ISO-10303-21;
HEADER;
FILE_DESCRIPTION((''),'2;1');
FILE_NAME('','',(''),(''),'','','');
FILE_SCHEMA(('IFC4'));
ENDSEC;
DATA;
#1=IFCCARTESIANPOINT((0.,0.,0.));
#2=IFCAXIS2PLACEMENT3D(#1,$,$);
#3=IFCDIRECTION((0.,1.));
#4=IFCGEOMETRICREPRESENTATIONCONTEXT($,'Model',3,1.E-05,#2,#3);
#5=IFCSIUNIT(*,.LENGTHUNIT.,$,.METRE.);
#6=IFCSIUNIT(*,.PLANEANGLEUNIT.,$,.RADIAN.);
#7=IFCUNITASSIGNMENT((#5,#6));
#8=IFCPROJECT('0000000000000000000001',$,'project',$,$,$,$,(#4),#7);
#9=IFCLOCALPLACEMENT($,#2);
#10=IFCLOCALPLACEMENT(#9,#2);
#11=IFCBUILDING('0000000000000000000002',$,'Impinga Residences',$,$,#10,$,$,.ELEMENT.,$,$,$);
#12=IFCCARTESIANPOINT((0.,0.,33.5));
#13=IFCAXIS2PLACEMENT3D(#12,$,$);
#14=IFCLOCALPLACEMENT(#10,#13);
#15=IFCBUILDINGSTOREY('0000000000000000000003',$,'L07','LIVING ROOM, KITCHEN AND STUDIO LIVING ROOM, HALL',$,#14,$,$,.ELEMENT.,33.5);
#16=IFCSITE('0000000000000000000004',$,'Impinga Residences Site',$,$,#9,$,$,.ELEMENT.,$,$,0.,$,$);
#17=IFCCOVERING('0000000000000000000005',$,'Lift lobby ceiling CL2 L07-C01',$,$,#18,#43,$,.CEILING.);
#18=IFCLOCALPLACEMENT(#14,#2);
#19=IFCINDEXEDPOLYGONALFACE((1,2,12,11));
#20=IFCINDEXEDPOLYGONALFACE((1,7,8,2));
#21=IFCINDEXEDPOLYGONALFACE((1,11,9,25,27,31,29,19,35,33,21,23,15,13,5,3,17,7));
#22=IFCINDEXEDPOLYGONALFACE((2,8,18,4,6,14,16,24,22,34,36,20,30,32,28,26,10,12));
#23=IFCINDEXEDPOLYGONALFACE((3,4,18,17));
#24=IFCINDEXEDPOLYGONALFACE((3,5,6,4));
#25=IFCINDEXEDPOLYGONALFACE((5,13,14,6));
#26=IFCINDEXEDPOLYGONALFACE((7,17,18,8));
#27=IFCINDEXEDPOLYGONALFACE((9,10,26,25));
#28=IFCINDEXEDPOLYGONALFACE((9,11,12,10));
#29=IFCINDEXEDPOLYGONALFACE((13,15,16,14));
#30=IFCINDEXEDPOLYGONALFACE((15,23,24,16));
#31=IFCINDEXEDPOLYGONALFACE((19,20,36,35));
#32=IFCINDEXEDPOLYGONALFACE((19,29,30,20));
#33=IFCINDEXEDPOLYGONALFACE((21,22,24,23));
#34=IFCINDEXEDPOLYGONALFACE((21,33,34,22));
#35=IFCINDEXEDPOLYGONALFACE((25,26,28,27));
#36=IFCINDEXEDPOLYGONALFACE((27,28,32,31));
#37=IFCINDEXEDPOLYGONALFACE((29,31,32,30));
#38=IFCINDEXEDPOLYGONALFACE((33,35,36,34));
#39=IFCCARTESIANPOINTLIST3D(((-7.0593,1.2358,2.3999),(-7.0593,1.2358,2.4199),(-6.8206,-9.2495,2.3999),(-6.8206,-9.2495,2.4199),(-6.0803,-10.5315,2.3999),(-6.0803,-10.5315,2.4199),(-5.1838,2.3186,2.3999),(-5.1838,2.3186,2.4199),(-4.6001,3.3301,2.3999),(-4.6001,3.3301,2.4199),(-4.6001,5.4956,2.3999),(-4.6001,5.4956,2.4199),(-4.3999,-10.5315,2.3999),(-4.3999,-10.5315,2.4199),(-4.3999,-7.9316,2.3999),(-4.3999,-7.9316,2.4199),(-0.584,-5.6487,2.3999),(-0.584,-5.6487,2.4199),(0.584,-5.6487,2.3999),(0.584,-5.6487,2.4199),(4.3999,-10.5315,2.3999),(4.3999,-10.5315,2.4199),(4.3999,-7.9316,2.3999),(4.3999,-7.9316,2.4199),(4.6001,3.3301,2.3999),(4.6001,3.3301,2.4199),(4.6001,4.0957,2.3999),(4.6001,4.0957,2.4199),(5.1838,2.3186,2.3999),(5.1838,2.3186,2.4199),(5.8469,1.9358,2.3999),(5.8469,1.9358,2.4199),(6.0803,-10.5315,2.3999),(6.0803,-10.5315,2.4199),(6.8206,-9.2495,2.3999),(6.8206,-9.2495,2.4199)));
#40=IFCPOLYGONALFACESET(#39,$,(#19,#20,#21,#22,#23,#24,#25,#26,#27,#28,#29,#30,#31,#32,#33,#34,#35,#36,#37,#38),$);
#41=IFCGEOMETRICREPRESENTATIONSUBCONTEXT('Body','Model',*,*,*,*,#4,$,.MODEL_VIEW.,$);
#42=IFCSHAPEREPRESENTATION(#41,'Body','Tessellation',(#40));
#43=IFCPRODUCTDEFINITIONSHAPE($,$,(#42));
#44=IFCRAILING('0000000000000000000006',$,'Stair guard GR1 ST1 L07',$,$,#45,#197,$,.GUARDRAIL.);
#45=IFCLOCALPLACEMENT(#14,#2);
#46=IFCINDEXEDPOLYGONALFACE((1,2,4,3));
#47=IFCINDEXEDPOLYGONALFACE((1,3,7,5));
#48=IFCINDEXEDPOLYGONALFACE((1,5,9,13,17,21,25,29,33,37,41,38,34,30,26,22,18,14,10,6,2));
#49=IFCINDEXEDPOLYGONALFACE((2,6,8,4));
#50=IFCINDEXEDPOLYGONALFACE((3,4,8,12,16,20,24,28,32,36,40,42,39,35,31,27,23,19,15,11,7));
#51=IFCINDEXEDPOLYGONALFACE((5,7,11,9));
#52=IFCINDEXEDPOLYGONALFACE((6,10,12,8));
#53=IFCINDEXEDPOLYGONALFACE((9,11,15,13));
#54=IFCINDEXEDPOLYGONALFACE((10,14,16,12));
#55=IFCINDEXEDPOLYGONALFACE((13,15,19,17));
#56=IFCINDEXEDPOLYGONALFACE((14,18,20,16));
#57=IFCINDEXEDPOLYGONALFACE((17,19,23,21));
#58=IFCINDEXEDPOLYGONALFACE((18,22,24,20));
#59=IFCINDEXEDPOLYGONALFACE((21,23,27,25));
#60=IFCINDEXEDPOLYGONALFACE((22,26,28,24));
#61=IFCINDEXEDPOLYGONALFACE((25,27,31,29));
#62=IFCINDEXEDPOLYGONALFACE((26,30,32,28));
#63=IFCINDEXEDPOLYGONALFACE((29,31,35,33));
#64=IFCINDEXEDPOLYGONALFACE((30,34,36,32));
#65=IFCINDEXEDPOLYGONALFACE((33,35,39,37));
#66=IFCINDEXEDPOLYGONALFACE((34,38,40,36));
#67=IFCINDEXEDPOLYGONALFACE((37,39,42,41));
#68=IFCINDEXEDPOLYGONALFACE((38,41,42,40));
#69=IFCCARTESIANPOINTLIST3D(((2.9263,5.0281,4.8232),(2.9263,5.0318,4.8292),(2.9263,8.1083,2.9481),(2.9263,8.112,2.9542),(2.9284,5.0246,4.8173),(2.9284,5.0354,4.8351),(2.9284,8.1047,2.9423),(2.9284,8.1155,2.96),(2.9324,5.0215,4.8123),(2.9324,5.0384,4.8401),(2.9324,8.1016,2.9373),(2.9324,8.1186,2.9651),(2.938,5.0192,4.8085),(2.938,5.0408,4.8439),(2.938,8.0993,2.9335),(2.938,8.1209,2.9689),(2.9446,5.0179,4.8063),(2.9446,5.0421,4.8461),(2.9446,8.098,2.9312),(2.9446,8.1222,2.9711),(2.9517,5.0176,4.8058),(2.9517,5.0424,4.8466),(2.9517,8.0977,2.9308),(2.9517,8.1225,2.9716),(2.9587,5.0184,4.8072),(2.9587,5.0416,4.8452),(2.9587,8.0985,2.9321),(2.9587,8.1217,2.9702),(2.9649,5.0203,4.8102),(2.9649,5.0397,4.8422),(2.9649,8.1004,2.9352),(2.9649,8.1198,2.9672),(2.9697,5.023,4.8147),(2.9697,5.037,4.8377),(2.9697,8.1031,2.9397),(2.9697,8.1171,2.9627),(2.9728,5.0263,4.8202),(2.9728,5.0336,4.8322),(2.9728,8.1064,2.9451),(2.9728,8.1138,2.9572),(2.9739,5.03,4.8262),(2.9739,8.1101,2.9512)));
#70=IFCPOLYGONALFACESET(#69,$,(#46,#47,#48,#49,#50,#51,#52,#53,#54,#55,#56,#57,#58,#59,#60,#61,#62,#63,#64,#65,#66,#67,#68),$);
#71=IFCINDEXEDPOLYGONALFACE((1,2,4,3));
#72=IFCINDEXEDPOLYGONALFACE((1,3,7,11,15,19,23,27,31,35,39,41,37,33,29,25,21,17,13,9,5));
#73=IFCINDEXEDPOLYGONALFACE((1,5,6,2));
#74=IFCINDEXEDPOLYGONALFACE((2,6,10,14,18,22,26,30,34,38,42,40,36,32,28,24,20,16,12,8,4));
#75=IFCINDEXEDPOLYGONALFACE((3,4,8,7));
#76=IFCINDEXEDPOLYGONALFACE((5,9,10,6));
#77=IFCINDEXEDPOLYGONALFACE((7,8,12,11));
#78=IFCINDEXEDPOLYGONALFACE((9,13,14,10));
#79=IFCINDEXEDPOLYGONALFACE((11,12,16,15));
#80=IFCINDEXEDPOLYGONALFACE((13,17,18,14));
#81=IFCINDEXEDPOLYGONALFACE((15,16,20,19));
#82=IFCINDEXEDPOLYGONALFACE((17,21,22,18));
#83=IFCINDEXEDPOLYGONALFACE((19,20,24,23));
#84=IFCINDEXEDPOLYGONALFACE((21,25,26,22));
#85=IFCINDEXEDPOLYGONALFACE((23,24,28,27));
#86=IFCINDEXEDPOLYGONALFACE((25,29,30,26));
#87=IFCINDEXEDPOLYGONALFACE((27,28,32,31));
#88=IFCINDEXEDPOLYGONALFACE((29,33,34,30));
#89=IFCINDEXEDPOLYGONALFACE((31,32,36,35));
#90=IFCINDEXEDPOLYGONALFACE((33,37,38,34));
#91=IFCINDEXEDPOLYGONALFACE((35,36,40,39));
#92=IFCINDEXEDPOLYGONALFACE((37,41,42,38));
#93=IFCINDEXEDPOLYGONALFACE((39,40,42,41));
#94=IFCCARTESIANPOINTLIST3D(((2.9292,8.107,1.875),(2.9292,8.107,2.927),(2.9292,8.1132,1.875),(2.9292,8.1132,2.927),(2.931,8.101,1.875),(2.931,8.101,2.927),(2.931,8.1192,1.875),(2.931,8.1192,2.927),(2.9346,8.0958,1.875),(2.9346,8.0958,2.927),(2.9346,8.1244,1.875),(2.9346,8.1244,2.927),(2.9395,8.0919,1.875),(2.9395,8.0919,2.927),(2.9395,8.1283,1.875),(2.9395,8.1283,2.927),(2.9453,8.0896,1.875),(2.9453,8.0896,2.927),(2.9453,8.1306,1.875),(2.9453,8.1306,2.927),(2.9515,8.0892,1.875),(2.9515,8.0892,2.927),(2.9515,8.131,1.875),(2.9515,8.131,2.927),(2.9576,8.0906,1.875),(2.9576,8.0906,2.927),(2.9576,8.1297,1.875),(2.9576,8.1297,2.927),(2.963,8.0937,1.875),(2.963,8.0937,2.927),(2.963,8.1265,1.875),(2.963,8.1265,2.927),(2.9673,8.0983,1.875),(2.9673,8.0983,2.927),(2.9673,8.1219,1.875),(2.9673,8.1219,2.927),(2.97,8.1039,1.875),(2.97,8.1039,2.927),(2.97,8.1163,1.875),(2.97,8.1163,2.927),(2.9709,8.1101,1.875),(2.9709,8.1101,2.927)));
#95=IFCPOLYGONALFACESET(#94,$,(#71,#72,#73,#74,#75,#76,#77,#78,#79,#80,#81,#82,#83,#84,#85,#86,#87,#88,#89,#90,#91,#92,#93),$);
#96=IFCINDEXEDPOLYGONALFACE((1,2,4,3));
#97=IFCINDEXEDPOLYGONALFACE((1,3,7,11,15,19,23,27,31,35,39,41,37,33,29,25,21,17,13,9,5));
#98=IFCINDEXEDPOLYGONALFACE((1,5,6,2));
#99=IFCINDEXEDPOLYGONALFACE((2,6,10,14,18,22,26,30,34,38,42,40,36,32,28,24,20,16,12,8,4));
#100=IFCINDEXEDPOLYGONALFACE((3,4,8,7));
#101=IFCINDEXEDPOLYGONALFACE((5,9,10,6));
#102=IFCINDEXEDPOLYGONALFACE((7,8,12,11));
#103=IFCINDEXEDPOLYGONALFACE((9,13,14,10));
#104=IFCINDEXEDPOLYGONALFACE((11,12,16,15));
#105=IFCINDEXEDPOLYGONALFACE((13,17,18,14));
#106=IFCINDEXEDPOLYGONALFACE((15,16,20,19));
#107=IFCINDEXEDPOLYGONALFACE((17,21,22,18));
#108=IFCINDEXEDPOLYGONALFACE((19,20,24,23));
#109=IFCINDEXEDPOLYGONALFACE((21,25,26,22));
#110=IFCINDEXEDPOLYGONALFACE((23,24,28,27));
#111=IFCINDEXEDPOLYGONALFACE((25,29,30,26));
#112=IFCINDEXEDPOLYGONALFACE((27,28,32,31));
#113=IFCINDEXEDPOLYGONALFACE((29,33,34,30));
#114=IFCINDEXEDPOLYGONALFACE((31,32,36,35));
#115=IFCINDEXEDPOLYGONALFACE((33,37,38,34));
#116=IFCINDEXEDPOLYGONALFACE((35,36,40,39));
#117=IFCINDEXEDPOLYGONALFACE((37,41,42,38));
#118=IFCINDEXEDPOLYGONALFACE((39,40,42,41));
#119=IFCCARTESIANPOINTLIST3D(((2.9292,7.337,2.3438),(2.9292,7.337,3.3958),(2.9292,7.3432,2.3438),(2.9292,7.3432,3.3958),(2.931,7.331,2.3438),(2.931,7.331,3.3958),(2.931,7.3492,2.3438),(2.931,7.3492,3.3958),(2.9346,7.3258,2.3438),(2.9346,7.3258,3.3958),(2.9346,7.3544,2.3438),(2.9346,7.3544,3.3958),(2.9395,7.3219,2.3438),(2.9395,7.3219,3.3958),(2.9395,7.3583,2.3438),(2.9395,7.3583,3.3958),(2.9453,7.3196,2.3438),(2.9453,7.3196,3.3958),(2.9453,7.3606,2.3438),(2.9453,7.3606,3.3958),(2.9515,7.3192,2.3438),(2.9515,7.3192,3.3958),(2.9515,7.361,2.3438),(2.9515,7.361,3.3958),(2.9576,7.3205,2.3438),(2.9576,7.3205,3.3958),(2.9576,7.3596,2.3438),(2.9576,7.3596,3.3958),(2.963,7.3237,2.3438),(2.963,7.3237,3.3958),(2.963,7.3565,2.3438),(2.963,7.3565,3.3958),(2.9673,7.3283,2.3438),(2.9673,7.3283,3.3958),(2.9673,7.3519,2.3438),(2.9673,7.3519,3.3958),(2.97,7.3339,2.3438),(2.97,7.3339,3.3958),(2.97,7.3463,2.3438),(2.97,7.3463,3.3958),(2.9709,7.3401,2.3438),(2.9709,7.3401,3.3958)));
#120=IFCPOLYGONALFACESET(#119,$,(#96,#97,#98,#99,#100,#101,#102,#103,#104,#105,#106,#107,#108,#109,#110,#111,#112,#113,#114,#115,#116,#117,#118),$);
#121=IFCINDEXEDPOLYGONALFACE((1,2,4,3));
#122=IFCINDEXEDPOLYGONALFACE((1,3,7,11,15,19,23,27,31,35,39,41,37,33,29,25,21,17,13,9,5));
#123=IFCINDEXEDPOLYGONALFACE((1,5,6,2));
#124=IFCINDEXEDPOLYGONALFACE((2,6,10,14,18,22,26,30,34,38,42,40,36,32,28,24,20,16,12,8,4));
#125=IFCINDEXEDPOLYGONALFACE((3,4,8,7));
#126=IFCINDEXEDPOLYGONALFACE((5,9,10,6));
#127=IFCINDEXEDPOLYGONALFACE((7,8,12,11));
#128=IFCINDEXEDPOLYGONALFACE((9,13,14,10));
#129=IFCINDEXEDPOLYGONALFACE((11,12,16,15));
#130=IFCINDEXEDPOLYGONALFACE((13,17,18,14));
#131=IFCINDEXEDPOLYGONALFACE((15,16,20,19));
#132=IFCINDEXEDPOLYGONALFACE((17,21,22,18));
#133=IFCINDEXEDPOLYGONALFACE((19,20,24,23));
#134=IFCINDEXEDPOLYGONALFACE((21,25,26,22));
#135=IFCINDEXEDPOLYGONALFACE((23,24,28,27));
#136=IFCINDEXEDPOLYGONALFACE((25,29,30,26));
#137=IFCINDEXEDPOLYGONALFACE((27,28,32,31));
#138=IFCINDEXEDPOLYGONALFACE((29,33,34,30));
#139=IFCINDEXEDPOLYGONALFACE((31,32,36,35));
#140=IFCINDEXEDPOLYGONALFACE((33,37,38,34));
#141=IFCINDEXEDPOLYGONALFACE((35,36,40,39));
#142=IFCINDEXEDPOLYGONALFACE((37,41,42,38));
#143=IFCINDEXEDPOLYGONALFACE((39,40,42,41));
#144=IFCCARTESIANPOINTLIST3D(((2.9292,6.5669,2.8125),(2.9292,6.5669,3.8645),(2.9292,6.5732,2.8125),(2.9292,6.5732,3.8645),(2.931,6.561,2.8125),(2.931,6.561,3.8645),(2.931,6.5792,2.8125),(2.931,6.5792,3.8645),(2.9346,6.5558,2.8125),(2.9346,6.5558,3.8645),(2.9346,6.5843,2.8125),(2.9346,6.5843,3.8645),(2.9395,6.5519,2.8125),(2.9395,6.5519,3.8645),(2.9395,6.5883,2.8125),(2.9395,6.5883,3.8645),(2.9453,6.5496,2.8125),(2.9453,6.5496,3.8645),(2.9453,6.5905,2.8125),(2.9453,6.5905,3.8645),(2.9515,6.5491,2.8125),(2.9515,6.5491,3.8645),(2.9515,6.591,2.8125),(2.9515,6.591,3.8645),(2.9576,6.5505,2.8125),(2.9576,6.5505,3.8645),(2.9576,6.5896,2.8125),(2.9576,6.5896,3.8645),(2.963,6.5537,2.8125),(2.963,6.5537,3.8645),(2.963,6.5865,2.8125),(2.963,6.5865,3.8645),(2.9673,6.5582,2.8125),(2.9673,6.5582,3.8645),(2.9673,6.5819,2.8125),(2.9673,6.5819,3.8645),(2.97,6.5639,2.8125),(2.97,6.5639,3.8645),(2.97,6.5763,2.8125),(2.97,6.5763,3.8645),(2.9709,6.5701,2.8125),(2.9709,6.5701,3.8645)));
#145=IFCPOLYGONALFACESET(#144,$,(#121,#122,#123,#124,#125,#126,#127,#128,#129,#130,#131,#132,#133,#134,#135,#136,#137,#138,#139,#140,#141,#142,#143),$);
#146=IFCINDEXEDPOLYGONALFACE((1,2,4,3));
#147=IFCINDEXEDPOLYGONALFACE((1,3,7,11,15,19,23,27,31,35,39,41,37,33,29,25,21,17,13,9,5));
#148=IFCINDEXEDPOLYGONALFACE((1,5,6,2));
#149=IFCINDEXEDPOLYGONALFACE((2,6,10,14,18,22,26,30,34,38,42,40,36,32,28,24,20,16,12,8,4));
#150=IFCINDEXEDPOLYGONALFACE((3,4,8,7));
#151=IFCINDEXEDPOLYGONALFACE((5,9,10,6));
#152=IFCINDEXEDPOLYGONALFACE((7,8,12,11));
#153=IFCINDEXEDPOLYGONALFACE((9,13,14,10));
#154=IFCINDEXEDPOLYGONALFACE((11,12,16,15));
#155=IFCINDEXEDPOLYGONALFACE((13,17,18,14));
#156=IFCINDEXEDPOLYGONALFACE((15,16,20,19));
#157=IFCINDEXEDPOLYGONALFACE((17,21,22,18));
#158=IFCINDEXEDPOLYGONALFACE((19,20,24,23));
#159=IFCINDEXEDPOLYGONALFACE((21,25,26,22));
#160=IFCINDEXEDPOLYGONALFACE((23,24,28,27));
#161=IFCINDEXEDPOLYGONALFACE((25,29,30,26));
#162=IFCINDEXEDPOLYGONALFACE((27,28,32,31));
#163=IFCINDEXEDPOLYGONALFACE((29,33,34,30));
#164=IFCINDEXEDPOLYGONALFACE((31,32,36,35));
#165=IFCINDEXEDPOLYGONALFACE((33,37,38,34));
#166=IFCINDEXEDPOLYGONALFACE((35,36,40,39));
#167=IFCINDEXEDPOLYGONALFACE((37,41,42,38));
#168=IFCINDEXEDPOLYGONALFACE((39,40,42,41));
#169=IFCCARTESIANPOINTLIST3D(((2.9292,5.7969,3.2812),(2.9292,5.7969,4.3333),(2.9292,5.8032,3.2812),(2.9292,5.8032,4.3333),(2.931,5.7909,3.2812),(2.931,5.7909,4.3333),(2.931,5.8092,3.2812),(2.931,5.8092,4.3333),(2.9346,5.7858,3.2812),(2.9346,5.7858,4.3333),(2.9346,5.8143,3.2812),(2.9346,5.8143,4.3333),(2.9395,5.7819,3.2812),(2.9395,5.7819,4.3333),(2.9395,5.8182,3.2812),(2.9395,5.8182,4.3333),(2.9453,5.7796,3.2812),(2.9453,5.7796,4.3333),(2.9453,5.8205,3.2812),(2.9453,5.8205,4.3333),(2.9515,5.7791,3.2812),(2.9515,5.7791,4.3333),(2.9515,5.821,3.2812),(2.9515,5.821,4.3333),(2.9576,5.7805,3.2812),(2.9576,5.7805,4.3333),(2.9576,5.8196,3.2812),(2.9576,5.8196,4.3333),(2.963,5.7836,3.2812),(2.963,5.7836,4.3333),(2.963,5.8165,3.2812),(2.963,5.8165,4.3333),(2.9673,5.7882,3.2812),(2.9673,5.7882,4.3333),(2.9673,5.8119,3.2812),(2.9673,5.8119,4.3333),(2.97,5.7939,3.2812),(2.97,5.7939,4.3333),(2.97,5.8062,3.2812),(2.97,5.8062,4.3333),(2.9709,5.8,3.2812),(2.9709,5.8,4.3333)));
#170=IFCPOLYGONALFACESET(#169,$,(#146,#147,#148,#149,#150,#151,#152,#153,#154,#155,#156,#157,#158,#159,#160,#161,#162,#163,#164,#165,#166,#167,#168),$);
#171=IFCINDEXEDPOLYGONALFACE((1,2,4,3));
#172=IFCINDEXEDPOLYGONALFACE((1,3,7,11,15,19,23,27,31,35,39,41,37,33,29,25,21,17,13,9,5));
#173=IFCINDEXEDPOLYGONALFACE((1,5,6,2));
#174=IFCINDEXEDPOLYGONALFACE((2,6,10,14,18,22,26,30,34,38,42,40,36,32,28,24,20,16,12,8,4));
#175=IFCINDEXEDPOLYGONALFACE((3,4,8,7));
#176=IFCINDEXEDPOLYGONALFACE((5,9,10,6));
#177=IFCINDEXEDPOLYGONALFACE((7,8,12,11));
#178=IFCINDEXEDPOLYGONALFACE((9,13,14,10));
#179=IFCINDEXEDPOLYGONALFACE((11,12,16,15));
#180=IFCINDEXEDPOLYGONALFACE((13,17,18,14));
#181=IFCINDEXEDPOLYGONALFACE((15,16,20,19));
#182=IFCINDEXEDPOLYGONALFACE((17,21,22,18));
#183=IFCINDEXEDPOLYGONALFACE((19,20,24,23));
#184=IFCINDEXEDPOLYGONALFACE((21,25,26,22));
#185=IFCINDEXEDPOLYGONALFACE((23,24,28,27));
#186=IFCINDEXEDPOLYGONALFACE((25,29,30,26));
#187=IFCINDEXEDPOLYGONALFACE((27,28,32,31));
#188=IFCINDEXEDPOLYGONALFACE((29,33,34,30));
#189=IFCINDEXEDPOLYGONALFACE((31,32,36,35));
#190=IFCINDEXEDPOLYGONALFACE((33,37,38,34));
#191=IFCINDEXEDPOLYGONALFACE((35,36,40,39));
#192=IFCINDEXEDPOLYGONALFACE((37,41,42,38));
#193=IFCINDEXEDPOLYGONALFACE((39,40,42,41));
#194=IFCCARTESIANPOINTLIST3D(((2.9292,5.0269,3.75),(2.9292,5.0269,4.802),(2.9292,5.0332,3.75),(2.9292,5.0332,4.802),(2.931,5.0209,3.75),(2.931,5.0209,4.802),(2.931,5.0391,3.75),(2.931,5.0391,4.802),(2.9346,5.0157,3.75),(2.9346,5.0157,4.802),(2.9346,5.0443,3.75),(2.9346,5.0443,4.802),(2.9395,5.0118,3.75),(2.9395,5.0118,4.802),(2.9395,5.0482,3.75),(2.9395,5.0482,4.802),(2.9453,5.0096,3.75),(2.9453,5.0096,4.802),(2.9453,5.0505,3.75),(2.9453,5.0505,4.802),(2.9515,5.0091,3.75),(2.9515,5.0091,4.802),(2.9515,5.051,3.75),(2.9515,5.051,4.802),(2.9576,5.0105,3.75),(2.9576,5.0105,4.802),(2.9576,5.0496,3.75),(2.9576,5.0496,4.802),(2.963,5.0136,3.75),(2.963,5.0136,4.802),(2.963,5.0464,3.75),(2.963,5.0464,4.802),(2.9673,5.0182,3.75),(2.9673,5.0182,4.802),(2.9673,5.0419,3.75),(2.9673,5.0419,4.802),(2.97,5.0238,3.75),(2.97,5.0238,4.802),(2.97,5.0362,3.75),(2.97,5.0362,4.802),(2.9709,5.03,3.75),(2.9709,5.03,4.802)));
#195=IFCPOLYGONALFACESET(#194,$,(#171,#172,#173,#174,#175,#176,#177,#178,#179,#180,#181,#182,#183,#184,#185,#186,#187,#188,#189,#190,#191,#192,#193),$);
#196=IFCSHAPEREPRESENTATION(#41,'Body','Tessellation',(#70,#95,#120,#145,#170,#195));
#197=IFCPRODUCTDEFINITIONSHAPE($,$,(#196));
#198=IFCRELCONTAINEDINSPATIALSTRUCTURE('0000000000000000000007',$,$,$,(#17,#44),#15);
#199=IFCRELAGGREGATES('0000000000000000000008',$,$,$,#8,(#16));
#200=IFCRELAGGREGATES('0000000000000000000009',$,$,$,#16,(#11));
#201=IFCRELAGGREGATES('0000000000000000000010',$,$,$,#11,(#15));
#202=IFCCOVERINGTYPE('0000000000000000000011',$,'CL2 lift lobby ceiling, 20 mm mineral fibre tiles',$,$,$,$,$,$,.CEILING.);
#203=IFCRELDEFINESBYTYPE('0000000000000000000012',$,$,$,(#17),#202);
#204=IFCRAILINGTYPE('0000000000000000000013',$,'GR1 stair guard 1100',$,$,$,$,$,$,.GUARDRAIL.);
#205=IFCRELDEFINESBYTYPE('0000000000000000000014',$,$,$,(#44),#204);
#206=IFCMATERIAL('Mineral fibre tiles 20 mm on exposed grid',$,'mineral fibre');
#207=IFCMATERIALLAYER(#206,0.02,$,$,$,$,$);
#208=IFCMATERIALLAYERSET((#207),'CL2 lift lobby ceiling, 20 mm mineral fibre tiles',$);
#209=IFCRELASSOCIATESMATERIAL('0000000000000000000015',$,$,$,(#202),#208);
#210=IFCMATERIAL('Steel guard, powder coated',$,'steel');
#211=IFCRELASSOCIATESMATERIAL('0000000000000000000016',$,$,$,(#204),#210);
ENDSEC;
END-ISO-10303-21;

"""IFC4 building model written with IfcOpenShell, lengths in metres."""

from ifc_helpers import new_model, si_unit, direction, frame, origin, origin_2d, place, context, subcontext, project, spatial, polyline, circle, outline, extrude, material, layer, layer_set, type_object, element, save


model = new_model("IFC4")

# Units and contexts
model_context = context("Model", 3, precision=1e-05, world=origin(), true_north=direction((0.0, 1.0)))
body_context = subcontext(model_context, "Body", "Model", "MODEL_VIEW")
ifc_project = project(units=[si_unit("LENGTHUNIT", "METRE"), si_unit("PLANEANGLEUNIT", "RADIAN")], contexts=[model_context])

# Site, building, storey
site_placement = place(None, origin())
site = spatial("IfcSite", under=ifc_project, at=site_placement, Name="Impinga Residences Site", CompositionType="ELEMENT", RefElevation=0.0)
building_placement = place(site_placement, origin())
building = spatial("IfcBuilding", under=site, at=building_placement, Name="Impinga Residences", CompositionType="ELEMENT")
storey_placement = place(building_placement, frame((0.0, 0.0, 33.5)))
storey = spatial("IfcBuildingStorey", under=building, at=storey_placement, Name="L07", Description="LIVING ROOM, KITCHEN AND STUDIO LIVING ROOM, HALL", CompositionType="ELEMENT", Elevation=33.5)

# Covering
ifc_material_1 = material(Name="Mineral fibre tiles 20 mm on exposed grid", Category="mineral fibre")
ifc_layer_1 = layer(ifc_material_1, 0.02)
ifc_layer_set_1 = layer_set([ifc_layer_1], Name="CL2 lift lobby ceiling, 20 mm mineral fibre tiles")
covering_type_1 = type_object("IfcCoveringType", Name="CL2 lift lobby ceiling, 20 mm mineral fibre tiles", PredefinedType="CEILING", material=ifc_layer_set_1)
covering_1_placement = place(storey_placement, frame((0.0, 0.0, 2.3999)))
element("IfcCovering", 1, at=covering_1_placement, inside=storey, type_object=covering_type_1, Name="Lift lobby ceiling CL2 L07-C01", PredefinedType="CEILING", context=body_context, shape_type="SweptSolid", body=[
    extrude(outline(polyline([(6.0803, -10.5315), (4.3999, -10.5315), (4.3999, -7.9316), (-4.3999, -7.9316), (-4.3999, -10.5315), (-6.0803, -10.5315), (-6.8206, -9.2495), (-0.584, -5.6487), (-5.1838, 2.3186), (-7.0593, 1.2358), (-4.6001, 5.4956), (-4.6001, 3.3301), (4.6001, 3.3301), (4.6001, 4.0957), (5.8469, 1.9358), (5.1838, 2.3186), (0.584, -5.6487), (6.8206, -9.2495), (6.0803, -10.5315)])), origin(), (0.0, 0.0, 1.0), 0.02),
])

# Railing
ifc_material_2 = material(Name="Steel guard, powder coated", Category="steel")
railing_type_1 = type_object("IfcRailingType", Name="GR1 stair guard 1100", PredefinedType="GUARDRAIL", material=ifc_material_2)
railing_1_placement = place(storey_placement, frame((2.95, 8.1101, 1.875)))
element("IfcRailing", 2, at=railing_1_placement, inside=storey, type_object=railing_type_1, Name="Stair guard GR1 ST1 L07", PredefinedType="GUARDRAIL", context=body_context, shape_type="SweptSolid", body=[
    extrude(circle(Radius=0.0239, at=origin_2d()), frame((0.0, 0.0, 1.0762), z_axis=(0.0, -0.854178, 0.519981), x_axis=(1.0, 0.0, 0.0)), (0.0, 0.0, 1.0), 3.606),
    extrude(circle(Radius=0.021, at=origin_2d()), origin(), (0.0, 0.0, 1.0), 1.052),
    extrude(circle(Radius=0.021, at=origin_2d()), frame((0.0, -0.77, 0.4688)), (0.0, 0.0, 1.0), 1.052),
    extrude(circle(Radius=0.021, at=origin_2d()), frame((0.0, -1.54, 0.9375)), (0.0, 0.0, 1.0), 1.052),
    extrude(circle(Radius=0.021, at=origin_2d()), frame((0.0, -2.3101, 1.4062)), (0.0, 0.0, 1.0), 1.052),
    extrude(circle(Radius=0.021, at=origin_2d()), frame((0.0, -3.0801, 1.875)), (0.0, 0.0, 1.0), 1.052),
])

save(model, "model.ifc")
